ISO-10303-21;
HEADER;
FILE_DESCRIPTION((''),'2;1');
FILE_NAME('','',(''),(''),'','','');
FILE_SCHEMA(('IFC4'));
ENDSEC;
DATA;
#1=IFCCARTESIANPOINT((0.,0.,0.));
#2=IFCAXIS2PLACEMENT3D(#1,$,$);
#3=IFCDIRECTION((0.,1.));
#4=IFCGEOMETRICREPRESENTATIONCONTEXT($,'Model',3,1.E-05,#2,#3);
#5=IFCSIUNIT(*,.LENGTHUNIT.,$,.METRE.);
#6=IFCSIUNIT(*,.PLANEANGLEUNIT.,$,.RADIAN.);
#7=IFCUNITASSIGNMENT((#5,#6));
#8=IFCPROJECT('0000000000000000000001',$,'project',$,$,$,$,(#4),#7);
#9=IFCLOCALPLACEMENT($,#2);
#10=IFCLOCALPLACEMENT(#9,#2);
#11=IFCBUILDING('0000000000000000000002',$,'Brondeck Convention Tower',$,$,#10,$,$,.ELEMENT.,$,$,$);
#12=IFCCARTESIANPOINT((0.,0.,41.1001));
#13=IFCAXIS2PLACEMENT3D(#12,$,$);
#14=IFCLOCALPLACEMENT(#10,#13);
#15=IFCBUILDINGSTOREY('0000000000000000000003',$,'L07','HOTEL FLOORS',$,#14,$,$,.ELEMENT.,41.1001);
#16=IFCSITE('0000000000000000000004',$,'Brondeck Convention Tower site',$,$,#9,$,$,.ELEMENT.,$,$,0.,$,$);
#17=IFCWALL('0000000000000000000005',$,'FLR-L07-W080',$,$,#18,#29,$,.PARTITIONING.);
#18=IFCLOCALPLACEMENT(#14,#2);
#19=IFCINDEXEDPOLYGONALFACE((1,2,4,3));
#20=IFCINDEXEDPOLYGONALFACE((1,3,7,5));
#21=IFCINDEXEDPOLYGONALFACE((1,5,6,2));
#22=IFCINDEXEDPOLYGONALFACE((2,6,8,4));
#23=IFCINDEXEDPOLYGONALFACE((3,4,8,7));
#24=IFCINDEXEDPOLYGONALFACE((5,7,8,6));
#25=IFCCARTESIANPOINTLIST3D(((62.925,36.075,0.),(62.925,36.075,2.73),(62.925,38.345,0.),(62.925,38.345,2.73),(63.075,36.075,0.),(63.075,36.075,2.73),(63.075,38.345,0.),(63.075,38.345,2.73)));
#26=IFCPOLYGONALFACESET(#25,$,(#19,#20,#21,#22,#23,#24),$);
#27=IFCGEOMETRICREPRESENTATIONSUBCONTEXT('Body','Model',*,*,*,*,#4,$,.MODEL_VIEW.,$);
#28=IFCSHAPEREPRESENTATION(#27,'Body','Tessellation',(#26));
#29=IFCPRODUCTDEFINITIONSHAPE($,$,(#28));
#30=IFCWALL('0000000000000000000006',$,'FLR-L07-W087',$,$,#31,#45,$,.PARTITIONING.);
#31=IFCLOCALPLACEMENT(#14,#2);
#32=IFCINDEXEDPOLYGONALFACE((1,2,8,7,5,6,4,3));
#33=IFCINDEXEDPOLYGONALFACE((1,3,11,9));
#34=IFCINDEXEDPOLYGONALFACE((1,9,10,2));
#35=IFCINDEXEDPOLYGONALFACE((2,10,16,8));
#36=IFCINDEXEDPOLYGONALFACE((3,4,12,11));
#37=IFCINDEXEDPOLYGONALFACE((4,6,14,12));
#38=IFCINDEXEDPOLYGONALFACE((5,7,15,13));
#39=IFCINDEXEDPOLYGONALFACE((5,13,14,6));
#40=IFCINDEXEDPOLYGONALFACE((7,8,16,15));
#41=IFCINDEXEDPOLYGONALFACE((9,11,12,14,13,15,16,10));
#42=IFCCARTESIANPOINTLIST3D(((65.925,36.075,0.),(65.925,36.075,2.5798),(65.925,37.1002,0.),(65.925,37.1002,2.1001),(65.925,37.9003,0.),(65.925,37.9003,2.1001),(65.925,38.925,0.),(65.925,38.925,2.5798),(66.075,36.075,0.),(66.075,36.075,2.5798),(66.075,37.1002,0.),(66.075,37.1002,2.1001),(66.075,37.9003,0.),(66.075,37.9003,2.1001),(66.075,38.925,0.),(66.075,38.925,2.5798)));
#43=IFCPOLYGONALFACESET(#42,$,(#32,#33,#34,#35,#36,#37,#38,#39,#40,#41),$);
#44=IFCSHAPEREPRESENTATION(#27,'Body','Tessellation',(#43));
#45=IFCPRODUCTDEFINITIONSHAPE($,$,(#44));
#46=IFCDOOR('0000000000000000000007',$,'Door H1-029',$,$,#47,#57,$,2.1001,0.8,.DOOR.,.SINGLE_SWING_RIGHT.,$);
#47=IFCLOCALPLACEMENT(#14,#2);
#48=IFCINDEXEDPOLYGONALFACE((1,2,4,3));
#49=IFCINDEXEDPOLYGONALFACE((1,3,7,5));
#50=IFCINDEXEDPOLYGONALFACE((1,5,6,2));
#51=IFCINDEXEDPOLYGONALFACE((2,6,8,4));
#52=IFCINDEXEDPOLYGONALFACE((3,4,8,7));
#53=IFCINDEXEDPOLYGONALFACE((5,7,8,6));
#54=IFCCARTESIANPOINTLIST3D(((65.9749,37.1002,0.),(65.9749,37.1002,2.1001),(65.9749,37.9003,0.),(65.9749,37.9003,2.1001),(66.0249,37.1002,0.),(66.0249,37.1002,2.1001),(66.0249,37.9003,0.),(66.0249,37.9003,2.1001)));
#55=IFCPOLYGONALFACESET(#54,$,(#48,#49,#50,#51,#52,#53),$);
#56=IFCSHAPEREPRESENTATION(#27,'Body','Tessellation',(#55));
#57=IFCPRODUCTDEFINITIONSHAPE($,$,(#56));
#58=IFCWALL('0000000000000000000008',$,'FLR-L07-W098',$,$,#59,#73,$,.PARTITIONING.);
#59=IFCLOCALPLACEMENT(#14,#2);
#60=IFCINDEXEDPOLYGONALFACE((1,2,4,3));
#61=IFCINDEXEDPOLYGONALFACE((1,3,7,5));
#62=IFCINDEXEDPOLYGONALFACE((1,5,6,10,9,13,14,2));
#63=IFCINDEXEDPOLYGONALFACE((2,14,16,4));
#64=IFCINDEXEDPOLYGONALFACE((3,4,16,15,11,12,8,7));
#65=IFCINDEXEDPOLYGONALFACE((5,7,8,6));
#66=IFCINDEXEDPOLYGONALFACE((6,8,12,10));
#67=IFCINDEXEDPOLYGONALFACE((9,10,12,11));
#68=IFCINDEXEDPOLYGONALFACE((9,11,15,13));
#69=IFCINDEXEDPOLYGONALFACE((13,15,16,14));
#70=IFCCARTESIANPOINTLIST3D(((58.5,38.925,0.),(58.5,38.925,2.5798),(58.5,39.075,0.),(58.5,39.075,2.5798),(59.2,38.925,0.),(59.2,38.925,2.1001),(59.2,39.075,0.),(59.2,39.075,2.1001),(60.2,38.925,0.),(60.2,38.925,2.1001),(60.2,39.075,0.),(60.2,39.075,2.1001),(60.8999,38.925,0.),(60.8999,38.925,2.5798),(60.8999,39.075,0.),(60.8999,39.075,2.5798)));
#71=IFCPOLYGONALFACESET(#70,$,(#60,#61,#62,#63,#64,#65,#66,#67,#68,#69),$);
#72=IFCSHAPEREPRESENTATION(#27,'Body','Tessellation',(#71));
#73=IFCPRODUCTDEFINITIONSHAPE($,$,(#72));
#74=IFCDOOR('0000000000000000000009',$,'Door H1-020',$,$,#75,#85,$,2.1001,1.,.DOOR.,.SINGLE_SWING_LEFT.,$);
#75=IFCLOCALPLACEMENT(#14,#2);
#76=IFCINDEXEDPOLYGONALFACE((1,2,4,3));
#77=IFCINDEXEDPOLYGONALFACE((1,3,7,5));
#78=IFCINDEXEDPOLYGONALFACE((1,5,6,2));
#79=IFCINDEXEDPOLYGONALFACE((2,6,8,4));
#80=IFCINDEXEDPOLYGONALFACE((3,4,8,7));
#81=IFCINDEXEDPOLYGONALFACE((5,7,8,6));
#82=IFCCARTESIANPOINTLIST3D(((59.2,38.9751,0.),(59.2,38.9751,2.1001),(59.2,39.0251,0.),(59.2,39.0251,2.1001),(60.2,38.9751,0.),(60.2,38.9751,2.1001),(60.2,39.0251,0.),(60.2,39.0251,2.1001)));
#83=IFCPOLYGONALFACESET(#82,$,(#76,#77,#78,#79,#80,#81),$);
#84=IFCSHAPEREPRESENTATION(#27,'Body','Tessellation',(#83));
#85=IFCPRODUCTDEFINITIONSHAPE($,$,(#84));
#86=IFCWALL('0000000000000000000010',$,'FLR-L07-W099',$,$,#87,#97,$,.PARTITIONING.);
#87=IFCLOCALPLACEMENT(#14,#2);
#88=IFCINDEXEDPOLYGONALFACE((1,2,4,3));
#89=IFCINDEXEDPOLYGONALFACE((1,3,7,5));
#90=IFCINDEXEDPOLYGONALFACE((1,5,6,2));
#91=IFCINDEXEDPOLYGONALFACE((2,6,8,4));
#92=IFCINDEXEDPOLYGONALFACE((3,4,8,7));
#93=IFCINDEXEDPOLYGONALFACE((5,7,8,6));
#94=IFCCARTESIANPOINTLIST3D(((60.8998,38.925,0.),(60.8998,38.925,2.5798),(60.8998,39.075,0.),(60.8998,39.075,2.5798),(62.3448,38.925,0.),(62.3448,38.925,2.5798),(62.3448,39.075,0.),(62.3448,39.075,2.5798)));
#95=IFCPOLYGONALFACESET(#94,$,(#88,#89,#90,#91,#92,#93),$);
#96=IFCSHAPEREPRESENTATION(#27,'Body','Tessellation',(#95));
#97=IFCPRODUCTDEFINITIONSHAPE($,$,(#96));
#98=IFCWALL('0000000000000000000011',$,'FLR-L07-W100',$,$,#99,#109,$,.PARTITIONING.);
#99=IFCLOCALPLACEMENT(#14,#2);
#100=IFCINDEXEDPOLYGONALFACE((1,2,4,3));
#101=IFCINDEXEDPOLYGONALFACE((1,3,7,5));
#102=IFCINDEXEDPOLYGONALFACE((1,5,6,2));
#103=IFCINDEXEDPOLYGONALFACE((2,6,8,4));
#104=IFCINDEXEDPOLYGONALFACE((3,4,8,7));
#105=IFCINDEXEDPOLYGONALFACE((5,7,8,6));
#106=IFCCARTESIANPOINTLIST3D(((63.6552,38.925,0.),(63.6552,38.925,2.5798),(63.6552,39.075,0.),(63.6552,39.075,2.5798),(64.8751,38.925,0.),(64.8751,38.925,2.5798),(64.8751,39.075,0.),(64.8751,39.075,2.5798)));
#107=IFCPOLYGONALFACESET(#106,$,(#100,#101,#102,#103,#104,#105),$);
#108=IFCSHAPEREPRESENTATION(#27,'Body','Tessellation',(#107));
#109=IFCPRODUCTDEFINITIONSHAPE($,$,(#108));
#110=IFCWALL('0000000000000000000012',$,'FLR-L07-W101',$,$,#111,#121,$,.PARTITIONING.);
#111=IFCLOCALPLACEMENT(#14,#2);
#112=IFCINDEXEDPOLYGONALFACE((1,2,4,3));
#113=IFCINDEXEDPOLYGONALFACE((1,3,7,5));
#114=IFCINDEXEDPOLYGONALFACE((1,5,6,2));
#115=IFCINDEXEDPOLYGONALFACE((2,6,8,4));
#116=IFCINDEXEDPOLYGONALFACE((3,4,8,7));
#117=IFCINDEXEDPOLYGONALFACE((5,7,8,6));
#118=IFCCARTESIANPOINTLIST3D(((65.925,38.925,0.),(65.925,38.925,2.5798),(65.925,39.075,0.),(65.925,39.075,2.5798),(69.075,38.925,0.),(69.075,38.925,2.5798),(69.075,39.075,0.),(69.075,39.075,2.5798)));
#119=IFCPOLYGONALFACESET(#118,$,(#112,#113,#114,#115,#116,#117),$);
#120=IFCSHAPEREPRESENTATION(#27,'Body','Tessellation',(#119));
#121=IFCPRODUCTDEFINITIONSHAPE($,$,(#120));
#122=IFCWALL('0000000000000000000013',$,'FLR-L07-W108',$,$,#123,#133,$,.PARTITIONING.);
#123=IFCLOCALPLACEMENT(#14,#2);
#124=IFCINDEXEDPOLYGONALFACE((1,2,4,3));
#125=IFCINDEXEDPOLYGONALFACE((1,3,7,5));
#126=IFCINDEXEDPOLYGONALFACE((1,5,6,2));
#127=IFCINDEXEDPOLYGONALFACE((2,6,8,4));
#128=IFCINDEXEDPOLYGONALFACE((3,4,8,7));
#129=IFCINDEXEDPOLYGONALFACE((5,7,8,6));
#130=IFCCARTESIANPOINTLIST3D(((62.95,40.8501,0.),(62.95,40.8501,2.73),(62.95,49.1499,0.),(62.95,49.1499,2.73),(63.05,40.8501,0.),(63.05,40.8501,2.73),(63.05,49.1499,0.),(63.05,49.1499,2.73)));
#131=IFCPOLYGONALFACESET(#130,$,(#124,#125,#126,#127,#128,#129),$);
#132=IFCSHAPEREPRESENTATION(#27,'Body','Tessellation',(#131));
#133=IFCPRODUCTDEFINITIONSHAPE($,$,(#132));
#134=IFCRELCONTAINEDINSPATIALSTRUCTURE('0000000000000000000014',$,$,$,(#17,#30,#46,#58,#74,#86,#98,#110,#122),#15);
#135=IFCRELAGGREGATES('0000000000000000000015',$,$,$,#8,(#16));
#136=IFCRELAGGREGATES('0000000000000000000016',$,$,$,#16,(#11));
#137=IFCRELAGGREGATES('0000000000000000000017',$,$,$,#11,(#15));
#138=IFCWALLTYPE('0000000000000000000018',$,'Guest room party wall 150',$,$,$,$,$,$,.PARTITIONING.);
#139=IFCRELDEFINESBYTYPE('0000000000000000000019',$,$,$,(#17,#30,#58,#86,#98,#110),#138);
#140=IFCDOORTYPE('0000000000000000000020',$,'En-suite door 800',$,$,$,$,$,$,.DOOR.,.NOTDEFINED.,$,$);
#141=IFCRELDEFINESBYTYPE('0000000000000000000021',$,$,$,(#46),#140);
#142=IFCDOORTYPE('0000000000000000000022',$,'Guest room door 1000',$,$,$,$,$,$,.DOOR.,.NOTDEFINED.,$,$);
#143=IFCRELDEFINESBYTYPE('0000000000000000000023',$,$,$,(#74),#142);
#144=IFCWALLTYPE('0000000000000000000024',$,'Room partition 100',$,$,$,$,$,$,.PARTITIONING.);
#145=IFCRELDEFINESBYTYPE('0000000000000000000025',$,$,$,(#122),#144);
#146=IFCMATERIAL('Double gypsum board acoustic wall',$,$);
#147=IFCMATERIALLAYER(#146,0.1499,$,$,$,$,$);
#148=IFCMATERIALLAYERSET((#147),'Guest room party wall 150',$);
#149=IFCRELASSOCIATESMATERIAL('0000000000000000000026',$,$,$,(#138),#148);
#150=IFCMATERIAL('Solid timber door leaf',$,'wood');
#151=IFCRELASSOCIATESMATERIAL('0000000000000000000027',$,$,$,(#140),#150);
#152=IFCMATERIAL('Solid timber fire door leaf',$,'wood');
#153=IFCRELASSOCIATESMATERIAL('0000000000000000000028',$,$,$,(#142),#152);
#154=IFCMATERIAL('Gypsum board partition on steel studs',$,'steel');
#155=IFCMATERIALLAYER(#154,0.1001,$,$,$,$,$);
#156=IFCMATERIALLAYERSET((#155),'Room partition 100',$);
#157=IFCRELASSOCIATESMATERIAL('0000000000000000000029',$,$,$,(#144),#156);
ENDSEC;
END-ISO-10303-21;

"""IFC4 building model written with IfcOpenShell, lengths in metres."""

from ifc_helpers import new_model, si_unit, direction, frame, frame_2d, origin, place, context, subcontext, project, spatial, rectangle, extrude, material, layer, layer_set, type_object, element, fill, save


model = new_model("IFC4")

# Units and contexts
model_context = context("Model", 3, precision=1e-05, world=origin(), true_north=direction((0.0, 1.0)))
body_context = subcontext(model_context, "Body", "Model", "MODEL_VIEW")
ifc_project = project(units=[si_unit("LENGTHUNIT", "METRE"), si_unit("PLANEANGLEUNIT", "RADIAN")], contexts=[model_context])

# Site, building, storey
site_placement = place(None, origin())
site = spatial("IfcSite", under=ifc_project, at=site_placement, Name="Brondeck Convention Tower site", CompositionType="ELEMENT", RefElevation=0.0)
building_placement = place(site_placement, origin())
building = spatial("IfcBuilding", under=site, at=building_placement, Name="Brondeck Convention Tower", CompositionType="ELEMENT")
storey_placement = place(building_placement, frame((0.0, 0.0, 41.1001)))
storey = spatial("IfcBuildingStorey", under=building, at=storey_placement, Name="L07", Description="HOTEL FLOORS", CompositionType="ELEMENT", Elevation=41.1001)

# Wall
ifc_material_1 = material(Name="Double gypsum board acoustic wall")
ifc_layer_1 = layer(ifc_material_1, 0.1499)
ifc_layer_set_1 = layer_set([ifc_layer_1], Name="Guest room party wall 150")
wall_type_1 = type_object("IfcWallType", Name="Guest room party wall 150", PredefinedType="PARTITIONING", material=ifc_layer_set_1)
wall_1_placement = place(storey_placement, frame((63.0, 38.345, 0.0), z_axis=(0.0, 0.0, 1.0), x_axis=(0.0, -1.0, 0.0)))
element("IfcWall", 1, at=wall_1_placement, inside=storey, type_object=wall_type_1, Name="FLR-L07-W080", PredefinedType="PARTITIONING", context=body_context, shape_type="SweptSolid", body=[
    extrude(rectangle(XDim=2.27, YDim=0.1499, at=frame_2d((1.135, 0.0))), origin(), (0.0, 0.0, 1.0), 2.73),
])

# Walls, openings, doors
wall_2_placement = place(storey_placement, frame((66.0, 38.925, 0.0), z_axis=(0.0, 0.0, 1.0), x_axis=(0.0, -1.0, 0.0)))
wall_2 = element("IfcWall", 2, at=wall_2_placement, inside=storey, type_object=wall_type_1, Name="FLR-L07-W087", PredefinedType="PARTITIONING", context=body_context, shape_type="SweptSolid", body=[
    extrude(rectangle(XDim=2.8501, YDim=0.1499, at=frame_2d((1.425, 0.0))), origin(), (0.0, 0.0, 1.0), 2.5798),
])
opening_1_placement = place(wall_2_placement, frame((1.0249, 0.0, 0.0)))
opening_1 = element("IfcOpeningElement", 3, at=opening_1_placement, cuts=wall_2, PredefinedType="OPENING", context=body_context, shape_type="SweptSolid", body=[
    extrude(rectangle(XDim=0.8, YDim=2.1001, at=frame_2d((0.3999, 1.05))), frame((0.0, 0.085, 0.0), z_axis=(0.0, -1.0, 0.0), x_axis=(1.0, 0.0, 0.0)), (0.0, 0.0, 1.0), 0.1699),
])
ifc_material_2 = material(Name="Solid timber door leaf", Category="wood")
door_type_1 = type_object("IfcDoorType", Name="En-suite door 800", OperationType="NOTDEFINED", PredefinedType="DOOR", material=ifc_material_2)
door_1_placement = place(opening_1_placement, origin())
door_1 = element("IfcDoor", 4, at=door_1_placement, inside=storey, type_object=door_type_1, Name="Door H1-029", OperationType="SINGLE_SWING_RIGHT", OverallHeight=2.1001, OverallWidth=0.8, PredefinedType="DOOR", context=body_context, shape_type="SweptSolid", body=[
    extrude(rectangle(XDim=0.8, YDim=2.1001, at=frame_2d((0.3999, 1.05))), frame((0.0, 0.0249, 0.0), z_axis=(0.0, -1.0, 0.0), x_axis=(1.0, 0.0, 0.0)), (0.0, 0.0, 1.0), 0.05),
])
fill(opening_1, door_1)
wall_3_placement = place(storey_placement, frame((60.8999, 39.0, 0.0), z_axis=(0.0, 0.0, 1.0), x_axis=(-1.0, 0.0, 0.0)))
wall_3 = element("IfcWall", 5, at=wall_3_placement, inside=storey, type_object=wall_type_1, Name="FLR-L07-W098", PredefinedType="PARTITIONING", context=body_context, shape_type="SweptSolid", body=[
    extrude(rectangle(XDim=2.3999, YDim=0.1499, at=frame_2d((1.2, 0.0))), origin(), (0.0, 0.0, 1.0), 2.5798),
])
opening_2_placement = place(wall_3_placement, frame((0.7, 0.0, 0.0)))
opening_2 = element("IfcOpeningElement", 6, at=opening_2_placement, cuts=wall_3, PredefinedType="OPENING", context=body_context, shape_type="SweptSolid", body=[
    extrude(rectangle(XDim=1.0, YDim=2.1001, at=frame_2d((0.5, 1.05))), frame((0.0, 0.085, 0.0), z_axis=(0.0, -1.0, 0.0), x_axis=(1.0, 0.0, 0.0)), (0.0, 0.0, 1.0), 0.1699),
])
ifc_material_3 = material(Name="Solid timber fire door leaf", Category="wood")
door_type_2 = type_object("IfcDoorType", Name="Guest room door 1000", OperationType="NOTDEFINED", PredefinedType="DOOR", material=ifc_material_3)
door_2_placement = place(opening_2_placement, origin())
door_2 = element("IfcDoor", 7, at=door_2_placement, inside=storey, type_object=door_type_2, Name="Door H1-020", OperationType="SINGLE_SWING_LEFT", OverallHeight=2.1001, OverallWidth=1.0, PredefinedType="DOOR", context=body_context, shape_type="SweptSolid", body=[
    extrude(rectangle(XDim=1.0, YDim=2.1001, at=frame_2d((0.5, 1.05))), frame((0.0, 0.0249, 0.0), z_axis=(0.0, -1.0, 0.0), x_axis=(1.0, 0.0, 0.0)), (0.0, 0.0, 1.0), 0.05),
])
fill(opening_2, door_2)

# Walls
wall_4_placement = place(storey_placement, frame((62.345, 39.0, 0.0), z_axis=(0.0, 0.0, 1.0), x_axis=(-1.0, 0.0, 0.0)))
element("IfcWall", 8, at=wall_4_placement, inside=storey, type_object=wall_type_1, Name="FLR-L07-W099", PredefinedType="PARTITIONING", context=body_context, shape_type="SweptSolid", body=[
    extrude(rectangle(XDim=1.4451, YDim=0.1499, at=frame_2d((0.7227, 0.0))), origin(), (0.0, 0.0, 1.0), 2.5798),
])
wall_5_placement = place(storey_placement, frame((64.875, 39.0, 0.0), z_axis=(0.0, 0.0, 1.0), x_axis=(-1.0, 0.0, 0.0)))
element("IfcWall", 9, at=wall_5_placement, inside=storey, type_object=wall_type_1, Name="FLR-L07-W100", PredefinedType="PARTITIONING", context=body_context, shape_type="SweptSolid", body=[
    extrude(rectangle(XDim=1.22, YDim=0.1499, at=frame_2d((0.6099, 0.0))), origin(), (0.0, 0.0, 1.0), 2.5798),
])
wall_6_placement = place(storey_placement, frame((69.075, 39.0, 0.0), z_axis=(0.0, 0.0, 1.0), x_axis=(-1.0, 0.0, 0.0)))
element("IfcWall", 10, at=wall_6_placement, inside=storey, type_object=wall_type_1, Name="FLR-L07-W101", PredefinedType="PARTITIONING", context=body_context, shape_type="SweptSolid", body=[
    extrude(rectangle(XDim=3.1499, YDim=0.1499, at=frame_2d((1.575, 0.0))), origin(), (0.0, 0.0, 1.0), 2.5798),
])
ifc_material_4 = material(Name="Gypsum board partition on steel studs", Category="steel")
ifc_layer_2 = layer(ifc_material_4, 0.1001)
ifc_layer_set_2 = layer_set([ifc_layer_2], Name="Room partition 100")
wall_type_2 = type_object("IfcWallType", Name="Room partition 100", PredefinedType="PARTITIONING", material=ifc_layer_set_2)
wall_7_placement = place(storey_placement, frame((63.0, 40.8501, 0.0), z_axis=(0.0, 0.0, 1.0), x_axis=(0.0, 1.0, 0.0)))
element("IfcWall", 11, at=wall_7_placement, inside=storey, type_object=wall_type_2, Name="FLR-L07-W108", PredefinedType="PARTITIONING", context=body_context, shape_type="SweptSolid", body=[
    extrude(rectangle(XDim=8.2998, YDim=0.1001, at=frame_2d((4.1499, 0.0))), origin(), (0.0, 0.0, 1.0), 2.73),
])

save(model, "model.ifc")
